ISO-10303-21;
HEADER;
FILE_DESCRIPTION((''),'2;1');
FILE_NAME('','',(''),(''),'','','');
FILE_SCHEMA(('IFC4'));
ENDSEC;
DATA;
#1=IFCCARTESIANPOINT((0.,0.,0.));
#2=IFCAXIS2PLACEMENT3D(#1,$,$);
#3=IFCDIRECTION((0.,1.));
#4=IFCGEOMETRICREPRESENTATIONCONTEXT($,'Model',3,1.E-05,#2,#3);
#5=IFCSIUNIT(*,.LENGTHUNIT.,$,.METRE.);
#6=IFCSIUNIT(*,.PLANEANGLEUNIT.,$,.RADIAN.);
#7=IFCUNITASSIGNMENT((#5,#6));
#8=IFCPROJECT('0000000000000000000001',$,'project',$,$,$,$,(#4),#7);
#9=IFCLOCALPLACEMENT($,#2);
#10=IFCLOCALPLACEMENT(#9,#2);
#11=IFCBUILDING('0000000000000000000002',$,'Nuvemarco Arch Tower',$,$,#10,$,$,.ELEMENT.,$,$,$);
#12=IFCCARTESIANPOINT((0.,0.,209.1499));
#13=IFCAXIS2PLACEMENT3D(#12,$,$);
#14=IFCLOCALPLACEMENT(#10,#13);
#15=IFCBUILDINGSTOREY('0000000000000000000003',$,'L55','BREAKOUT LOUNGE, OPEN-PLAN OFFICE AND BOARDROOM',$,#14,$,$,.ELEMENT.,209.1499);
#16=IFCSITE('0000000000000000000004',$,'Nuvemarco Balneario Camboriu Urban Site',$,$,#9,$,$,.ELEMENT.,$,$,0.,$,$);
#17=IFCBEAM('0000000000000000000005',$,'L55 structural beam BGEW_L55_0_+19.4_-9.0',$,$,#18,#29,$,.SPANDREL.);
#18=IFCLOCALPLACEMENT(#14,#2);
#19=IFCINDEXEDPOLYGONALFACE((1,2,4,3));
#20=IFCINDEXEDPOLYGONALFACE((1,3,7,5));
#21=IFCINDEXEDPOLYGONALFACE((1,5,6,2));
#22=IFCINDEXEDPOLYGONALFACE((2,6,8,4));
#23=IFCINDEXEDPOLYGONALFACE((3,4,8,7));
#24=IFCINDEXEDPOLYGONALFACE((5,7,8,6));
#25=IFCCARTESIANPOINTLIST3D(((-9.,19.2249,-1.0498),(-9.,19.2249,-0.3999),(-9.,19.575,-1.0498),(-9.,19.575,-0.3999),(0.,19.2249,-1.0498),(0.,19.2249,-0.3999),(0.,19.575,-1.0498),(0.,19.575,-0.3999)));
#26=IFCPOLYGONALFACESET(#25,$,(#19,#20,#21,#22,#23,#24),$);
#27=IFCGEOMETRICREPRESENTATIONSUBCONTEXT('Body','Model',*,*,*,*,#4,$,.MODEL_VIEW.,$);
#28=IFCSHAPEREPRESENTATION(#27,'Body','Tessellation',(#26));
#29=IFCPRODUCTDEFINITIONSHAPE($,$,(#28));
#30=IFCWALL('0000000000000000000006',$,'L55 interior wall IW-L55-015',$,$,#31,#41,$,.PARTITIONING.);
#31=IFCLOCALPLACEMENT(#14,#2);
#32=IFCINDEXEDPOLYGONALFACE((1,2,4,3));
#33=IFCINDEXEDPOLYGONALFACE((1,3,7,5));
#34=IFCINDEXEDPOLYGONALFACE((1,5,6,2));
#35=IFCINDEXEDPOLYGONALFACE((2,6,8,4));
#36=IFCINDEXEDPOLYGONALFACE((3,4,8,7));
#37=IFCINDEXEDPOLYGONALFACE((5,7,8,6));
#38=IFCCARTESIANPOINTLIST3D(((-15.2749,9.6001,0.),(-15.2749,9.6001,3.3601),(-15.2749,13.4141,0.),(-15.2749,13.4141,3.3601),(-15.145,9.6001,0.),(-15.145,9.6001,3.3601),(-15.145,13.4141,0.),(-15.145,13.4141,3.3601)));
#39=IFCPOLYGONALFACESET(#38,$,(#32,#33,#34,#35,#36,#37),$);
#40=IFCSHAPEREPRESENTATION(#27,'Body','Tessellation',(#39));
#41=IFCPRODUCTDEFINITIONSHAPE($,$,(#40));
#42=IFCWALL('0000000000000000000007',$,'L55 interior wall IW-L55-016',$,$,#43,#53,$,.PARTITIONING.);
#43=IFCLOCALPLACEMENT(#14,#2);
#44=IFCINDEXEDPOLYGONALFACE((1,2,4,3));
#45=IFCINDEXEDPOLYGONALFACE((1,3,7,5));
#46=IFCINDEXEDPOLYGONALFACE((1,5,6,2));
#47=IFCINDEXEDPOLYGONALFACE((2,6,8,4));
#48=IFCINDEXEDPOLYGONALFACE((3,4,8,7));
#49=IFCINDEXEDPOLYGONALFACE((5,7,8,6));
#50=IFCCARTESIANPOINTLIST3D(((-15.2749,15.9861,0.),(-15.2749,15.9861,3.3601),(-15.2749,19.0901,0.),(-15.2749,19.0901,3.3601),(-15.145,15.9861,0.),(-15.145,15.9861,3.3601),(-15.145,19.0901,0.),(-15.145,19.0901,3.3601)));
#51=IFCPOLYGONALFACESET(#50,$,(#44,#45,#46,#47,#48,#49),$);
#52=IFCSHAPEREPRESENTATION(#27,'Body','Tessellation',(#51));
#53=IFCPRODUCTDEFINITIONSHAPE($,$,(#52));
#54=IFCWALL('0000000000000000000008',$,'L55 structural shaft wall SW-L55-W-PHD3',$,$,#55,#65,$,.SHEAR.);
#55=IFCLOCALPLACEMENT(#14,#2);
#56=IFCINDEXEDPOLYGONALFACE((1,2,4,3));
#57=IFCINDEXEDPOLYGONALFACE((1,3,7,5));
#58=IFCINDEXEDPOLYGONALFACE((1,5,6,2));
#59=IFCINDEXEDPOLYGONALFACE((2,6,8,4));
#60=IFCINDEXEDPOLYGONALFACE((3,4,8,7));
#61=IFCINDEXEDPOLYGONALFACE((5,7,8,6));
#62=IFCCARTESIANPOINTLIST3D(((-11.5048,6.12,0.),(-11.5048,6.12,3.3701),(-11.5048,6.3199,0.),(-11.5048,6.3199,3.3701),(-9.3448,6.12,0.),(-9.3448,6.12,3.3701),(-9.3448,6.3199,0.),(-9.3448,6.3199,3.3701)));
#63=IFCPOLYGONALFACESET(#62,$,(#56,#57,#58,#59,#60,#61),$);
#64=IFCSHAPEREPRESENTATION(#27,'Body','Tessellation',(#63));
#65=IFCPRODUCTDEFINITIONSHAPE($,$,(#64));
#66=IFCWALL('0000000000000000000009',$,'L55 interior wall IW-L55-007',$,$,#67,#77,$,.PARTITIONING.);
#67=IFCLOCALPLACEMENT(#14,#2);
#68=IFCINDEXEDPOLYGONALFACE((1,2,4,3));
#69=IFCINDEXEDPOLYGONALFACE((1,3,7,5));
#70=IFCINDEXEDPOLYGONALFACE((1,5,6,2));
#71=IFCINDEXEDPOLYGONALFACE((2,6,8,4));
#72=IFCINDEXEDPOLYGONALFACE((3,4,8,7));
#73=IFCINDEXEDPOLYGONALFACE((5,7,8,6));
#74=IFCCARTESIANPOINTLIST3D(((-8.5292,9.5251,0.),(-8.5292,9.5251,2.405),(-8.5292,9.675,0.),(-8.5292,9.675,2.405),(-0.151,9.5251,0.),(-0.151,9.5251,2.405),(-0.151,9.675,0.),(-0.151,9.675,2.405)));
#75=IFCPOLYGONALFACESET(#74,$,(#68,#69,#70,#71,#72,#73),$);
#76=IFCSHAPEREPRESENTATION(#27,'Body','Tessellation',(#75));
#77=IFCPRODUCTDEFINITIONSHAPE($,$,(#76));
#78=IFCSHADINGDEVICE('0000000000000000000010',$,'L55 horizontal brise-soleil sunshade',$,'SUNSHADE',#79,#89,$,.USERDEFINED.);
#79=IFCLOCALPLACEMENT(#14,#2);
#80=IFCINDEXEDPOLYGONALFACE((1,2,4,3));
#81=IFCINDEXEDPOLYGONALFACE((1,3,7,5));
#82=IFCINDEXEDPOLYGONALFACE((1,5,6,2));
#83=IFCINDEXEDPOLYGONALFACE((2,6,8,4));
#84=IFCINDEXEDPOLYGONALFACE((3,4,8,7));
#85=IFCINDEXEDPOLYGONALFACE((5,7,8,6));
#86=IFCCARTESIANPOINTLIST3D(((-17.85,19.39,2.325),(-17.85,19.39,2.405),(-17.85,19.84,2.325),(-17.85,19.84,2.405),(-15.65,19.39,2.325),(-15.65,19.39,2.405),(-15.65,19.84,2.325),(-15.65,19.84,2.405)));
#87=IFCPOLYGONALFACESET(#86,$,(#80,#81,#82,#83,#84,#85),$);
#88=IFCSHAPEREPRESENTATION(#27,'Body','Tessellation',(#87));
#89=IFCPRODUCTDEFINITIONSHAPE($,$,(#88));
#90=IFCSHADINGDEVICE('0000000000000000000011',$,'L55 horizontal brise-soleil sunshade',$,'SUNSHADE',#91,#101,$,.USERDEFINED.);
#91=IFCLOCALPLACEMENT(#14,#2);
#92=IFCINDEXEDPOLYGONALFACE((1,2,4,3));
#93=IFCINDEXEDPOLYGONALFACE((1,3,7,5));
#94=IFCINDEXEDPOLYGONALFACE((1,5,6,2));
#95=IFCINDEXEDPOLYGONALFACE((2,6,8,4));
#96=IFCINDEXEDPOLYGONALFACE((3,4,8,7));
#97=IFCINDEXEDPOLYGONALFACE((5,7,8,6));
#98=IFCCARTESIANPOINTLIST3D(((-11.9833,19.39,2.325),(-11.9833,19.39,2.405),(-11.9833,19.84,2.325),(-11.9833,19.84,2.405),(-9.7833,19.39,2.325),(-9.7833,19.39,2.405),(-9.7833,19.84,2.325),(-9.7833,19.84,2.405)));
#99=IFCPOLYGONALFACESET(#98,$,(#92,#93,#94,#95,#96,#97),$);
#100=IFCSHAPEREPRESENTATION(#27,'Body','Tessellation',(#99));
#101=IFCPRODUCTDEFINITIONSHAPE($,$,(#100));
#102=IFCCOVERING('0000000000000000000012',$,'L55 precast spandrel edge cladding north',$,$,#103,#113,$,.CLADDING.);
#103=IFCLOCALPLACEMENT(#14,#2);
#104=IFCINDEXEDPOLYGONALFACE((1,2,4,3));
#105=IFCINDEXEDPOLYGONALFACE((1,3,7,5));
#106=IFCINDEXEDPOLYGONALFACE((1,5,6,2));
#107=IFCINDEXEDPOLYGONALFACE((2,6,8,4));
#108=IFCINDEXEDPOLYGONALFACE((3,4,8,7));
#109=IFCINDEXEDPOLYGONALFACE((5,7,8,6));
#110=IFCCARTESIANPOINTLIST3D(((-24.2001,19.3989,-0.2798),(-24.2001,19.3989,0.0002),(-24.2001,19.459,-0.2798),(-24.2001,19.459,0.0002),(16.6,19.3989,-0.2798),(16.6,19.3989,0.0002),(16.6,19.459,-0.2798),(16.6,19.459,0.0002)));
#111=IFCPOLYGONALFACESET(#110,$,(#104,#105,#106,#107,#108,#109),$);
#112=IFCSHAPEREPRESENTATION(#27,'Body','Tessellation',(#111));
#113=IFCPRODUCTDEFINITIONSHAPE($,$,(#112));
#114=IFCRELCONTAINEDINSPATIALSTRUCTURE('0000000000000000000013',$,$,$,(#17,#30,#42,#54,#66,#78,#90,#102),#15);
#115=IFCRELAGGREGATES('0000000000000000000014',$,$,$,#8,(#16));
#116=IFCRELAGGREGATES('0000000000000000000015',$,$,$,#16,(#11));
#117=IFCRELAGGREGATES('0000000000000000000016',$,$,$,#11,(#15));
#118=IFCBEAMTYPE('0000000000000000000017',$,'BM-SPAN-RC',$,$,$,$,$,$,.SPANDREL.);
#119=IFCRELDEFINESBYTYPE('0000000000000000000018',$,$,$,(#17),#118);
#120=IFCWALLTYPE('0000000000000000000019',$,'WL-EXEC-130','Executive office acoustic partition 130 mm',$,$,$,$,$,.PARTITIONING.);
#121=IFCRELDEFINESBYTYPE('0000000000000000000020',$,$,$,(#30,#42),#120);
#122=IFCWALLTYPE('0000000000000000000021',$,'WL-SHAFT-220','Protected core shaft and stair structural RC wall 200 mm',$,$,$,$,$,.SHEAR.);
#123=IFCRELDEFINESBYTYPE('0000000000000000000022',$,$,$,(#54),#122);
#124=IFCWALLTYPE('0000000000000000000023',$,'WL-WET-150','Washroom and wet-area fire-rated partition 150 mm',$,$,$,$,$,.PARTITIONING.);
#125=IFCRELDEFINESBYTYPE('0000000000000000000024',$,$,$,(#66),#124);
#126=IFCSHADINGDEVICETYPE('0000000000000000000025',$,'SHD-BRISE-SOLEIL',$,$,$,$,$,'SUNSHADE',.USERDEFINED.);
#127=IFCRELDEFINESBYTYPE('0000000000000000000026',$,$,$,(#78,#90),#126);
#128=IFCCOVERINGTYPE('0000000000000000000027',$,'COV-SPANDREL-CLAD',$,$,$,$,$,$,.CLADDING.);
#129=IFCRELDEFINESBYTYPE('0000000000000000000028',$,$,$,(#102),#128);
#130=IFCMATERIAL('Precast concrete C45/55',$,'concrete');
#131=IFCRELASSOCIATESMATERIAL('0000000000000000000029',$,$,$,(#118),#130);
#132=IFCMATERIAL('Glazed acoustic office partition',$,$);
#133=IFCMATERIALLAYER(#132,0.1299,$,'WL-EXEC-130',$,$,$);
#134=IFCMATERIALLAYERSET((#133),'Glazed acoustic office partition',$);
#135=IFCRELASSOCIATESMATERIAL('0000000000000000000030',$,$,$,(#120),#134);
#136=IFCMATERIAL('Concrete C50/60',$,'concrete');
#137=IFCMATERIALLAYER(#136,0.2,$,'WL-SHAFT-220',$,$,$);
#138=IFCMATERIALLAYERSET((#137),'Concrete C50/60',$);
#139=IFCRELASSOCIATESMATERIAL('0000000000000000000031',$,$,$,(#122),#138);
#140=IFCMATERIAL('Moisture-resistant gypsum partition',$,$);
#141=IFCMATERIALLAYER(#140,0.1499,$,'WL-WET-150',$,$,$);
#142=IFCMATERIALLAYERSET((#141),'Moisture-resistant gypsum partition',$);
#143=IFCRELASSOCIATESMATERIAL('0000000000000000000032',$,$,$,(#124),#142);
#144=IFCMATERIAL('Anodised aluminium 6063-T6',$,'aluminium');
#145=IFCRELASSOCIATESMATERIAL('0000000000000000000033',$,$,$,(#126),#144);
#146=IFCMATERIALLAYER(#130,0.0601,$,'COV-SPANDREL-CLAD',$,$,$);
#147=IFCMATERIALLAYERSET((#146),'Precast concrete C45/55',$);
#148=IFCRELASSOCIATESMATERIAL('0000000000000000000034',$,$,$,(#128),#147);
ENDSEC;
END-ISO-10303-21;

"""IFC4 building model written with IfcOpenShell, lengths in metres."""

from ifc_helpers import new_model, si_unit, direction, frame, frame_2d, origin, origin_2d, place, context, subcontext, project, spatial, rectangle, extrude, source, transform, mapped, material, layer, layer_set, material_profile, profile_set, type_object, type_shapes, element, save


model = new_model("IFC4")

# Units and contexts
model_context = context("Model", 3, precision=1e-05, world=origin(), true_north=direction((0.0, 1.0)))
body_context = subcontext(model_context, "Body", "Model", "MODEL_VIEW")
ifc_project = project(units=[si_unit("LENGTHUNIT", "METRE"), si_unit("PLANEANGLEUNIT", "RADIAN")], contexts=[model_context])

# Site, building, storey
site_placement = place(None, origin())
site = spatial("IfcSite", under=ifc_project, at=site_placement, Name="Nuvemarco Balneario Camboriu Urban Site", CompositionType="ELEMENT", RefElevation=0.0)
building_placement = place(site_placement, origin())
building = spatial("IfcBuilding", under=site, at=building_placement, Name="Nuvemarco Arch Tower", CompositionType="ELEMENT")
storey_placement = place(building_placement, frame((0.0, 0.0, 209.1499)))
storey = spatial("IfcBuildingStorey", under=building, at=storey_placement, Name="L55", Description="BREAKOUT LOUNGE, OPEN-PLAN OFFICE AND BOARDROOM", CompositionType="ELEMENT", Elevation=209.1499)

# Shared definitions
ifc_material_1 = material(Name="Concrete C50/60", Category="concrete")

# Beam
ifc_material_2 = material(Name="Precast concrete C45/55", Category="concrete")
ifc_material_profile_1 = material_profile(ifc_material_2, rectangle(XDim=0.3501, YDim=0.6499, at=origin_2d()), Name="PC-SP-350x650")
ifc_profile_set_1 = profile_set([ifc_material_profile_1], Name="Precast concrete C45/55")
beam_type_1 = type_object("IfcBeamType", Name="BM-SPAN-RC", PredefinedType="SPANDREL", material=ifc_profile_set_1)
beam_1_placement = place(storey_placement, frame((-9.0, 19.3999, -0.7249), z_axis=(1.0, 0.0, 0.0), x_axis=(0.0, 1.0, 0.0)))
element("IfcBeam", 1, at=beam_1_placement, inside=storey, type_object=beam_type_1, Name="L55 structural beam BGEW_L55_0_+19.4_-9.0", PredefinedType="SPANDREL", context=body_context, shape_type="SweptSolid", body=[
    extrude(rectangle(XDim=0.3501, YDim=0.6499, at=origin_2d()), origin(), (0.0, 0.0, 1.0), 9.0),
])

# Shared definitions
ifc_material_3 = material(Name="Anodised aluminium 6063-T6", Category="aluminium")

# Walls
ifc_material_4 = material(Name="Glazed acoustic office partition")
ifc_layer_1 = layer(ifc_material_4, 0.1299, Name="WL-EXEC-130")
ifc_layer_set_1 = layer_set([ifc_layer_1], Name="Glazed acoustic office partition")
wall_type_1 = type_object("IfcWallType", Name="WL-EXEC-130", Description="Executive office acoustic partition 130 mm", PredefinedType="PARTITIONING", material=ifc_layer_set_1)
wall_1_placement = place(storey_placement, frame((-15.21, 9.6001, 0.0), z_axis=(0.0, 0.0, 1.0), x_axis=(0.0, 1.0, 0.0)))
element("IfcWall", 2, at=wall_1_placement, inside=storey, type_object=wall_type_1, Name="L55 interior wall IW-L55-015", PredefinedType="PARTITIONING", context=body_context, shape_type="SweptSolid", body=[
    extrude(rectangle(XDim=3.814, YDim=0.1299, at=frame_2d((1.907, 0.0))), origin(), (0.0, 0.0, 1.0), 3.3601),
])
wall_2_placement = place(storey_placement, frame((-15.21, 15.9861, 0.0), z_axis=(0.0, 0.0, 1.0), x_axis=(0.0, 1.0, 0.0)))
element("IfcWall", 3, at=wall_2_placement, inside=storey, type_object=wall_type_1, Name="L55 interior wall IW-L55-016", PredefinedType="PARTITIONING", context=body_context, shape_type="SweptSolid", body=[
    extrude(rectangle(XDim=3.104, YDim=0.1299, at=frame_2d((1.552, 0.0))), origin(), (0.0, 0.0, 1.0), 3.3601),
])
ifc_layer_2 = layer(ifc_material_1, 0.2, Name="WL-SHAFT-220")
ifc_layer_set_2 = layer_set([ifc_layer_2], Name="Concrete C50/60")
wall_type_2 = type_object("IfcWallType", Name="WL-SHAFT-220", Description="Protected core shaft and stair structural RC wall 200 mm", PredefinedType="SHEAR", material=ifc_layer_set_2)
wall_3_placement = place(storey_placement, frame((-11.5049, 6.22, 0.0), z_axis=(0.0, 0.0, 1.0), x_axis=(1.0, 0.0, 0.0)))
element("IfcWall", 4, at=wall_3_placement, inside=storey, type_object=wall_type_2, Name="L55 structural shaft wall SW-L55-W-PHD3", PredefinedType="SHEAR", context=body_context, shape_type="SweptSolid", body=[
    extrude(rectangle(XDim=2.1599, YDim=0.2, at=frame_2d((1.0801, 0.0))), origin(), (0.0, 0.0, 1.0), 3.3701),
])
ifc_material_5 = material(Name="Moisture-resistant gypsum partition")
ifc_layer_3 = layer(ifc_material_5, 0.1499, Name="WL-WET-150")
ifc_layer_set_3 = layer_set([ifc_layer_3], Name="Moisture-resistant gypsum partition")
wall_type_3 = type_object("IfcWallType", Name="WL-WET-150", Description="Washroom and wet-area fire-rated partition 150 mm", PredefinedType="PARTITIONING", material=ifc_layer_set_3)
wall_4_placement = place(storey_placement, frame((-8.5291, 9.6001, 0.0), z_axis=(0.0, 0.0, 1.0), x_axis=(1.0, 0.0, 0.0)))
element("IfcWall", 5, at=wall_4_placement, inside=storey, type_object=wall_type_3, Name="L55 interior wall IW-L55-007", PredefinedType="PARTITIONING", context=body_context, shape_type="SweptSolid", body=[
    extrude(rectangle(XDim=8.3782, YDim=0.1499, at=frame_2d((4.189, 0.0))), origin(), (0.0, 0.0, 1.0), 2.405),
])

# Shading devices
shading_device_type = type_object("IfcShadingDeviceType", Name="SHD-BRISE-SOLEIL", ElementType="SUNSHADE", PredefinedType="USERDEFINED", material=ifc_material_3)
shared_shape_1 = source(origin(), body_context, "Body", "SweptSolid", [
    extrude(rectangle(XDim=2.2, YDim=0.45, at=origin_2d()), origin(), (0.0, 0.0, 1.0), 0.0801),
])
type_shapes(shading_device_type, [shared_shape_1])
for number, where, z_axis, x_axis, name in (
    (6, (-16.75, 19.615, 2.325), (0.0, 0.0, 1.0), (1.0, 0.0, 0.0), "L55 horizontal brise-soleil sunshade"),
    (7, (-10.8833, 19.615, 2.325), (0.0, 0.0, 1.0), (1.0, 0.0, 0.0), "L55 horizontal brise-soleil sunshade"),
):
    element("IfcShadingDevice", number, at=place(storey_placement, frame(where, z_axis=z_axis, x_axis=x_axis)), inside=storey, type_object=shading_device_type, Name=name, ObjectType="SUNSHADE", PredefinedType="USERDEFINED", context=body_context, shape_type="MappedRepresentation", body=[
        mapped(shared_shape_1, transform((0.0, 0.0, 0.0), scale=1.0)),
    ])

# Covering
ifc_layer_4 = layer(ifc_material_2, 0.0601, Name="COV-SPANDREL-CLAD")
ifc_layer_set_4 = layer_set([ifc_layer_4], Name="Precast concrete C45/55")
covering_type = type_object("IfcCoveringType", Name="COV-SPANDREL-CLAD", PredefinedType="CLADDING", material=ifc_layer_set_4)
shared_shape_2 = source(origin(), body_context, "Body", "SweptSolid", [
    extrude(rectangle(XDim=40.8, YDim=0.0601, at=origin_2d()), origin(), (0.0, 0.0, 1.0), 0.28),
])
type_shapes(covering_type, [shared_shape_2])
covering_placement = place(storey_placement, frame((-3.8, 19.429, -0.2798), z_axis=(0.0, 0.0, 1.0), x_axis=(1.0, 0.0, 0.0)))
element("IfcCovering", 8, at=covering_placement, inside=storey, type_object=covering_type, Name="L55 precast spandrel edge cladding north", PredefinedType="CLADDING", context=body_context, shape_type="MappedRepresentation", body=[
    mapped(shared_shape_2, transform((0.0, 0.0, 0.0), scale=1.0)),
])

save(model, "model.ifc")
